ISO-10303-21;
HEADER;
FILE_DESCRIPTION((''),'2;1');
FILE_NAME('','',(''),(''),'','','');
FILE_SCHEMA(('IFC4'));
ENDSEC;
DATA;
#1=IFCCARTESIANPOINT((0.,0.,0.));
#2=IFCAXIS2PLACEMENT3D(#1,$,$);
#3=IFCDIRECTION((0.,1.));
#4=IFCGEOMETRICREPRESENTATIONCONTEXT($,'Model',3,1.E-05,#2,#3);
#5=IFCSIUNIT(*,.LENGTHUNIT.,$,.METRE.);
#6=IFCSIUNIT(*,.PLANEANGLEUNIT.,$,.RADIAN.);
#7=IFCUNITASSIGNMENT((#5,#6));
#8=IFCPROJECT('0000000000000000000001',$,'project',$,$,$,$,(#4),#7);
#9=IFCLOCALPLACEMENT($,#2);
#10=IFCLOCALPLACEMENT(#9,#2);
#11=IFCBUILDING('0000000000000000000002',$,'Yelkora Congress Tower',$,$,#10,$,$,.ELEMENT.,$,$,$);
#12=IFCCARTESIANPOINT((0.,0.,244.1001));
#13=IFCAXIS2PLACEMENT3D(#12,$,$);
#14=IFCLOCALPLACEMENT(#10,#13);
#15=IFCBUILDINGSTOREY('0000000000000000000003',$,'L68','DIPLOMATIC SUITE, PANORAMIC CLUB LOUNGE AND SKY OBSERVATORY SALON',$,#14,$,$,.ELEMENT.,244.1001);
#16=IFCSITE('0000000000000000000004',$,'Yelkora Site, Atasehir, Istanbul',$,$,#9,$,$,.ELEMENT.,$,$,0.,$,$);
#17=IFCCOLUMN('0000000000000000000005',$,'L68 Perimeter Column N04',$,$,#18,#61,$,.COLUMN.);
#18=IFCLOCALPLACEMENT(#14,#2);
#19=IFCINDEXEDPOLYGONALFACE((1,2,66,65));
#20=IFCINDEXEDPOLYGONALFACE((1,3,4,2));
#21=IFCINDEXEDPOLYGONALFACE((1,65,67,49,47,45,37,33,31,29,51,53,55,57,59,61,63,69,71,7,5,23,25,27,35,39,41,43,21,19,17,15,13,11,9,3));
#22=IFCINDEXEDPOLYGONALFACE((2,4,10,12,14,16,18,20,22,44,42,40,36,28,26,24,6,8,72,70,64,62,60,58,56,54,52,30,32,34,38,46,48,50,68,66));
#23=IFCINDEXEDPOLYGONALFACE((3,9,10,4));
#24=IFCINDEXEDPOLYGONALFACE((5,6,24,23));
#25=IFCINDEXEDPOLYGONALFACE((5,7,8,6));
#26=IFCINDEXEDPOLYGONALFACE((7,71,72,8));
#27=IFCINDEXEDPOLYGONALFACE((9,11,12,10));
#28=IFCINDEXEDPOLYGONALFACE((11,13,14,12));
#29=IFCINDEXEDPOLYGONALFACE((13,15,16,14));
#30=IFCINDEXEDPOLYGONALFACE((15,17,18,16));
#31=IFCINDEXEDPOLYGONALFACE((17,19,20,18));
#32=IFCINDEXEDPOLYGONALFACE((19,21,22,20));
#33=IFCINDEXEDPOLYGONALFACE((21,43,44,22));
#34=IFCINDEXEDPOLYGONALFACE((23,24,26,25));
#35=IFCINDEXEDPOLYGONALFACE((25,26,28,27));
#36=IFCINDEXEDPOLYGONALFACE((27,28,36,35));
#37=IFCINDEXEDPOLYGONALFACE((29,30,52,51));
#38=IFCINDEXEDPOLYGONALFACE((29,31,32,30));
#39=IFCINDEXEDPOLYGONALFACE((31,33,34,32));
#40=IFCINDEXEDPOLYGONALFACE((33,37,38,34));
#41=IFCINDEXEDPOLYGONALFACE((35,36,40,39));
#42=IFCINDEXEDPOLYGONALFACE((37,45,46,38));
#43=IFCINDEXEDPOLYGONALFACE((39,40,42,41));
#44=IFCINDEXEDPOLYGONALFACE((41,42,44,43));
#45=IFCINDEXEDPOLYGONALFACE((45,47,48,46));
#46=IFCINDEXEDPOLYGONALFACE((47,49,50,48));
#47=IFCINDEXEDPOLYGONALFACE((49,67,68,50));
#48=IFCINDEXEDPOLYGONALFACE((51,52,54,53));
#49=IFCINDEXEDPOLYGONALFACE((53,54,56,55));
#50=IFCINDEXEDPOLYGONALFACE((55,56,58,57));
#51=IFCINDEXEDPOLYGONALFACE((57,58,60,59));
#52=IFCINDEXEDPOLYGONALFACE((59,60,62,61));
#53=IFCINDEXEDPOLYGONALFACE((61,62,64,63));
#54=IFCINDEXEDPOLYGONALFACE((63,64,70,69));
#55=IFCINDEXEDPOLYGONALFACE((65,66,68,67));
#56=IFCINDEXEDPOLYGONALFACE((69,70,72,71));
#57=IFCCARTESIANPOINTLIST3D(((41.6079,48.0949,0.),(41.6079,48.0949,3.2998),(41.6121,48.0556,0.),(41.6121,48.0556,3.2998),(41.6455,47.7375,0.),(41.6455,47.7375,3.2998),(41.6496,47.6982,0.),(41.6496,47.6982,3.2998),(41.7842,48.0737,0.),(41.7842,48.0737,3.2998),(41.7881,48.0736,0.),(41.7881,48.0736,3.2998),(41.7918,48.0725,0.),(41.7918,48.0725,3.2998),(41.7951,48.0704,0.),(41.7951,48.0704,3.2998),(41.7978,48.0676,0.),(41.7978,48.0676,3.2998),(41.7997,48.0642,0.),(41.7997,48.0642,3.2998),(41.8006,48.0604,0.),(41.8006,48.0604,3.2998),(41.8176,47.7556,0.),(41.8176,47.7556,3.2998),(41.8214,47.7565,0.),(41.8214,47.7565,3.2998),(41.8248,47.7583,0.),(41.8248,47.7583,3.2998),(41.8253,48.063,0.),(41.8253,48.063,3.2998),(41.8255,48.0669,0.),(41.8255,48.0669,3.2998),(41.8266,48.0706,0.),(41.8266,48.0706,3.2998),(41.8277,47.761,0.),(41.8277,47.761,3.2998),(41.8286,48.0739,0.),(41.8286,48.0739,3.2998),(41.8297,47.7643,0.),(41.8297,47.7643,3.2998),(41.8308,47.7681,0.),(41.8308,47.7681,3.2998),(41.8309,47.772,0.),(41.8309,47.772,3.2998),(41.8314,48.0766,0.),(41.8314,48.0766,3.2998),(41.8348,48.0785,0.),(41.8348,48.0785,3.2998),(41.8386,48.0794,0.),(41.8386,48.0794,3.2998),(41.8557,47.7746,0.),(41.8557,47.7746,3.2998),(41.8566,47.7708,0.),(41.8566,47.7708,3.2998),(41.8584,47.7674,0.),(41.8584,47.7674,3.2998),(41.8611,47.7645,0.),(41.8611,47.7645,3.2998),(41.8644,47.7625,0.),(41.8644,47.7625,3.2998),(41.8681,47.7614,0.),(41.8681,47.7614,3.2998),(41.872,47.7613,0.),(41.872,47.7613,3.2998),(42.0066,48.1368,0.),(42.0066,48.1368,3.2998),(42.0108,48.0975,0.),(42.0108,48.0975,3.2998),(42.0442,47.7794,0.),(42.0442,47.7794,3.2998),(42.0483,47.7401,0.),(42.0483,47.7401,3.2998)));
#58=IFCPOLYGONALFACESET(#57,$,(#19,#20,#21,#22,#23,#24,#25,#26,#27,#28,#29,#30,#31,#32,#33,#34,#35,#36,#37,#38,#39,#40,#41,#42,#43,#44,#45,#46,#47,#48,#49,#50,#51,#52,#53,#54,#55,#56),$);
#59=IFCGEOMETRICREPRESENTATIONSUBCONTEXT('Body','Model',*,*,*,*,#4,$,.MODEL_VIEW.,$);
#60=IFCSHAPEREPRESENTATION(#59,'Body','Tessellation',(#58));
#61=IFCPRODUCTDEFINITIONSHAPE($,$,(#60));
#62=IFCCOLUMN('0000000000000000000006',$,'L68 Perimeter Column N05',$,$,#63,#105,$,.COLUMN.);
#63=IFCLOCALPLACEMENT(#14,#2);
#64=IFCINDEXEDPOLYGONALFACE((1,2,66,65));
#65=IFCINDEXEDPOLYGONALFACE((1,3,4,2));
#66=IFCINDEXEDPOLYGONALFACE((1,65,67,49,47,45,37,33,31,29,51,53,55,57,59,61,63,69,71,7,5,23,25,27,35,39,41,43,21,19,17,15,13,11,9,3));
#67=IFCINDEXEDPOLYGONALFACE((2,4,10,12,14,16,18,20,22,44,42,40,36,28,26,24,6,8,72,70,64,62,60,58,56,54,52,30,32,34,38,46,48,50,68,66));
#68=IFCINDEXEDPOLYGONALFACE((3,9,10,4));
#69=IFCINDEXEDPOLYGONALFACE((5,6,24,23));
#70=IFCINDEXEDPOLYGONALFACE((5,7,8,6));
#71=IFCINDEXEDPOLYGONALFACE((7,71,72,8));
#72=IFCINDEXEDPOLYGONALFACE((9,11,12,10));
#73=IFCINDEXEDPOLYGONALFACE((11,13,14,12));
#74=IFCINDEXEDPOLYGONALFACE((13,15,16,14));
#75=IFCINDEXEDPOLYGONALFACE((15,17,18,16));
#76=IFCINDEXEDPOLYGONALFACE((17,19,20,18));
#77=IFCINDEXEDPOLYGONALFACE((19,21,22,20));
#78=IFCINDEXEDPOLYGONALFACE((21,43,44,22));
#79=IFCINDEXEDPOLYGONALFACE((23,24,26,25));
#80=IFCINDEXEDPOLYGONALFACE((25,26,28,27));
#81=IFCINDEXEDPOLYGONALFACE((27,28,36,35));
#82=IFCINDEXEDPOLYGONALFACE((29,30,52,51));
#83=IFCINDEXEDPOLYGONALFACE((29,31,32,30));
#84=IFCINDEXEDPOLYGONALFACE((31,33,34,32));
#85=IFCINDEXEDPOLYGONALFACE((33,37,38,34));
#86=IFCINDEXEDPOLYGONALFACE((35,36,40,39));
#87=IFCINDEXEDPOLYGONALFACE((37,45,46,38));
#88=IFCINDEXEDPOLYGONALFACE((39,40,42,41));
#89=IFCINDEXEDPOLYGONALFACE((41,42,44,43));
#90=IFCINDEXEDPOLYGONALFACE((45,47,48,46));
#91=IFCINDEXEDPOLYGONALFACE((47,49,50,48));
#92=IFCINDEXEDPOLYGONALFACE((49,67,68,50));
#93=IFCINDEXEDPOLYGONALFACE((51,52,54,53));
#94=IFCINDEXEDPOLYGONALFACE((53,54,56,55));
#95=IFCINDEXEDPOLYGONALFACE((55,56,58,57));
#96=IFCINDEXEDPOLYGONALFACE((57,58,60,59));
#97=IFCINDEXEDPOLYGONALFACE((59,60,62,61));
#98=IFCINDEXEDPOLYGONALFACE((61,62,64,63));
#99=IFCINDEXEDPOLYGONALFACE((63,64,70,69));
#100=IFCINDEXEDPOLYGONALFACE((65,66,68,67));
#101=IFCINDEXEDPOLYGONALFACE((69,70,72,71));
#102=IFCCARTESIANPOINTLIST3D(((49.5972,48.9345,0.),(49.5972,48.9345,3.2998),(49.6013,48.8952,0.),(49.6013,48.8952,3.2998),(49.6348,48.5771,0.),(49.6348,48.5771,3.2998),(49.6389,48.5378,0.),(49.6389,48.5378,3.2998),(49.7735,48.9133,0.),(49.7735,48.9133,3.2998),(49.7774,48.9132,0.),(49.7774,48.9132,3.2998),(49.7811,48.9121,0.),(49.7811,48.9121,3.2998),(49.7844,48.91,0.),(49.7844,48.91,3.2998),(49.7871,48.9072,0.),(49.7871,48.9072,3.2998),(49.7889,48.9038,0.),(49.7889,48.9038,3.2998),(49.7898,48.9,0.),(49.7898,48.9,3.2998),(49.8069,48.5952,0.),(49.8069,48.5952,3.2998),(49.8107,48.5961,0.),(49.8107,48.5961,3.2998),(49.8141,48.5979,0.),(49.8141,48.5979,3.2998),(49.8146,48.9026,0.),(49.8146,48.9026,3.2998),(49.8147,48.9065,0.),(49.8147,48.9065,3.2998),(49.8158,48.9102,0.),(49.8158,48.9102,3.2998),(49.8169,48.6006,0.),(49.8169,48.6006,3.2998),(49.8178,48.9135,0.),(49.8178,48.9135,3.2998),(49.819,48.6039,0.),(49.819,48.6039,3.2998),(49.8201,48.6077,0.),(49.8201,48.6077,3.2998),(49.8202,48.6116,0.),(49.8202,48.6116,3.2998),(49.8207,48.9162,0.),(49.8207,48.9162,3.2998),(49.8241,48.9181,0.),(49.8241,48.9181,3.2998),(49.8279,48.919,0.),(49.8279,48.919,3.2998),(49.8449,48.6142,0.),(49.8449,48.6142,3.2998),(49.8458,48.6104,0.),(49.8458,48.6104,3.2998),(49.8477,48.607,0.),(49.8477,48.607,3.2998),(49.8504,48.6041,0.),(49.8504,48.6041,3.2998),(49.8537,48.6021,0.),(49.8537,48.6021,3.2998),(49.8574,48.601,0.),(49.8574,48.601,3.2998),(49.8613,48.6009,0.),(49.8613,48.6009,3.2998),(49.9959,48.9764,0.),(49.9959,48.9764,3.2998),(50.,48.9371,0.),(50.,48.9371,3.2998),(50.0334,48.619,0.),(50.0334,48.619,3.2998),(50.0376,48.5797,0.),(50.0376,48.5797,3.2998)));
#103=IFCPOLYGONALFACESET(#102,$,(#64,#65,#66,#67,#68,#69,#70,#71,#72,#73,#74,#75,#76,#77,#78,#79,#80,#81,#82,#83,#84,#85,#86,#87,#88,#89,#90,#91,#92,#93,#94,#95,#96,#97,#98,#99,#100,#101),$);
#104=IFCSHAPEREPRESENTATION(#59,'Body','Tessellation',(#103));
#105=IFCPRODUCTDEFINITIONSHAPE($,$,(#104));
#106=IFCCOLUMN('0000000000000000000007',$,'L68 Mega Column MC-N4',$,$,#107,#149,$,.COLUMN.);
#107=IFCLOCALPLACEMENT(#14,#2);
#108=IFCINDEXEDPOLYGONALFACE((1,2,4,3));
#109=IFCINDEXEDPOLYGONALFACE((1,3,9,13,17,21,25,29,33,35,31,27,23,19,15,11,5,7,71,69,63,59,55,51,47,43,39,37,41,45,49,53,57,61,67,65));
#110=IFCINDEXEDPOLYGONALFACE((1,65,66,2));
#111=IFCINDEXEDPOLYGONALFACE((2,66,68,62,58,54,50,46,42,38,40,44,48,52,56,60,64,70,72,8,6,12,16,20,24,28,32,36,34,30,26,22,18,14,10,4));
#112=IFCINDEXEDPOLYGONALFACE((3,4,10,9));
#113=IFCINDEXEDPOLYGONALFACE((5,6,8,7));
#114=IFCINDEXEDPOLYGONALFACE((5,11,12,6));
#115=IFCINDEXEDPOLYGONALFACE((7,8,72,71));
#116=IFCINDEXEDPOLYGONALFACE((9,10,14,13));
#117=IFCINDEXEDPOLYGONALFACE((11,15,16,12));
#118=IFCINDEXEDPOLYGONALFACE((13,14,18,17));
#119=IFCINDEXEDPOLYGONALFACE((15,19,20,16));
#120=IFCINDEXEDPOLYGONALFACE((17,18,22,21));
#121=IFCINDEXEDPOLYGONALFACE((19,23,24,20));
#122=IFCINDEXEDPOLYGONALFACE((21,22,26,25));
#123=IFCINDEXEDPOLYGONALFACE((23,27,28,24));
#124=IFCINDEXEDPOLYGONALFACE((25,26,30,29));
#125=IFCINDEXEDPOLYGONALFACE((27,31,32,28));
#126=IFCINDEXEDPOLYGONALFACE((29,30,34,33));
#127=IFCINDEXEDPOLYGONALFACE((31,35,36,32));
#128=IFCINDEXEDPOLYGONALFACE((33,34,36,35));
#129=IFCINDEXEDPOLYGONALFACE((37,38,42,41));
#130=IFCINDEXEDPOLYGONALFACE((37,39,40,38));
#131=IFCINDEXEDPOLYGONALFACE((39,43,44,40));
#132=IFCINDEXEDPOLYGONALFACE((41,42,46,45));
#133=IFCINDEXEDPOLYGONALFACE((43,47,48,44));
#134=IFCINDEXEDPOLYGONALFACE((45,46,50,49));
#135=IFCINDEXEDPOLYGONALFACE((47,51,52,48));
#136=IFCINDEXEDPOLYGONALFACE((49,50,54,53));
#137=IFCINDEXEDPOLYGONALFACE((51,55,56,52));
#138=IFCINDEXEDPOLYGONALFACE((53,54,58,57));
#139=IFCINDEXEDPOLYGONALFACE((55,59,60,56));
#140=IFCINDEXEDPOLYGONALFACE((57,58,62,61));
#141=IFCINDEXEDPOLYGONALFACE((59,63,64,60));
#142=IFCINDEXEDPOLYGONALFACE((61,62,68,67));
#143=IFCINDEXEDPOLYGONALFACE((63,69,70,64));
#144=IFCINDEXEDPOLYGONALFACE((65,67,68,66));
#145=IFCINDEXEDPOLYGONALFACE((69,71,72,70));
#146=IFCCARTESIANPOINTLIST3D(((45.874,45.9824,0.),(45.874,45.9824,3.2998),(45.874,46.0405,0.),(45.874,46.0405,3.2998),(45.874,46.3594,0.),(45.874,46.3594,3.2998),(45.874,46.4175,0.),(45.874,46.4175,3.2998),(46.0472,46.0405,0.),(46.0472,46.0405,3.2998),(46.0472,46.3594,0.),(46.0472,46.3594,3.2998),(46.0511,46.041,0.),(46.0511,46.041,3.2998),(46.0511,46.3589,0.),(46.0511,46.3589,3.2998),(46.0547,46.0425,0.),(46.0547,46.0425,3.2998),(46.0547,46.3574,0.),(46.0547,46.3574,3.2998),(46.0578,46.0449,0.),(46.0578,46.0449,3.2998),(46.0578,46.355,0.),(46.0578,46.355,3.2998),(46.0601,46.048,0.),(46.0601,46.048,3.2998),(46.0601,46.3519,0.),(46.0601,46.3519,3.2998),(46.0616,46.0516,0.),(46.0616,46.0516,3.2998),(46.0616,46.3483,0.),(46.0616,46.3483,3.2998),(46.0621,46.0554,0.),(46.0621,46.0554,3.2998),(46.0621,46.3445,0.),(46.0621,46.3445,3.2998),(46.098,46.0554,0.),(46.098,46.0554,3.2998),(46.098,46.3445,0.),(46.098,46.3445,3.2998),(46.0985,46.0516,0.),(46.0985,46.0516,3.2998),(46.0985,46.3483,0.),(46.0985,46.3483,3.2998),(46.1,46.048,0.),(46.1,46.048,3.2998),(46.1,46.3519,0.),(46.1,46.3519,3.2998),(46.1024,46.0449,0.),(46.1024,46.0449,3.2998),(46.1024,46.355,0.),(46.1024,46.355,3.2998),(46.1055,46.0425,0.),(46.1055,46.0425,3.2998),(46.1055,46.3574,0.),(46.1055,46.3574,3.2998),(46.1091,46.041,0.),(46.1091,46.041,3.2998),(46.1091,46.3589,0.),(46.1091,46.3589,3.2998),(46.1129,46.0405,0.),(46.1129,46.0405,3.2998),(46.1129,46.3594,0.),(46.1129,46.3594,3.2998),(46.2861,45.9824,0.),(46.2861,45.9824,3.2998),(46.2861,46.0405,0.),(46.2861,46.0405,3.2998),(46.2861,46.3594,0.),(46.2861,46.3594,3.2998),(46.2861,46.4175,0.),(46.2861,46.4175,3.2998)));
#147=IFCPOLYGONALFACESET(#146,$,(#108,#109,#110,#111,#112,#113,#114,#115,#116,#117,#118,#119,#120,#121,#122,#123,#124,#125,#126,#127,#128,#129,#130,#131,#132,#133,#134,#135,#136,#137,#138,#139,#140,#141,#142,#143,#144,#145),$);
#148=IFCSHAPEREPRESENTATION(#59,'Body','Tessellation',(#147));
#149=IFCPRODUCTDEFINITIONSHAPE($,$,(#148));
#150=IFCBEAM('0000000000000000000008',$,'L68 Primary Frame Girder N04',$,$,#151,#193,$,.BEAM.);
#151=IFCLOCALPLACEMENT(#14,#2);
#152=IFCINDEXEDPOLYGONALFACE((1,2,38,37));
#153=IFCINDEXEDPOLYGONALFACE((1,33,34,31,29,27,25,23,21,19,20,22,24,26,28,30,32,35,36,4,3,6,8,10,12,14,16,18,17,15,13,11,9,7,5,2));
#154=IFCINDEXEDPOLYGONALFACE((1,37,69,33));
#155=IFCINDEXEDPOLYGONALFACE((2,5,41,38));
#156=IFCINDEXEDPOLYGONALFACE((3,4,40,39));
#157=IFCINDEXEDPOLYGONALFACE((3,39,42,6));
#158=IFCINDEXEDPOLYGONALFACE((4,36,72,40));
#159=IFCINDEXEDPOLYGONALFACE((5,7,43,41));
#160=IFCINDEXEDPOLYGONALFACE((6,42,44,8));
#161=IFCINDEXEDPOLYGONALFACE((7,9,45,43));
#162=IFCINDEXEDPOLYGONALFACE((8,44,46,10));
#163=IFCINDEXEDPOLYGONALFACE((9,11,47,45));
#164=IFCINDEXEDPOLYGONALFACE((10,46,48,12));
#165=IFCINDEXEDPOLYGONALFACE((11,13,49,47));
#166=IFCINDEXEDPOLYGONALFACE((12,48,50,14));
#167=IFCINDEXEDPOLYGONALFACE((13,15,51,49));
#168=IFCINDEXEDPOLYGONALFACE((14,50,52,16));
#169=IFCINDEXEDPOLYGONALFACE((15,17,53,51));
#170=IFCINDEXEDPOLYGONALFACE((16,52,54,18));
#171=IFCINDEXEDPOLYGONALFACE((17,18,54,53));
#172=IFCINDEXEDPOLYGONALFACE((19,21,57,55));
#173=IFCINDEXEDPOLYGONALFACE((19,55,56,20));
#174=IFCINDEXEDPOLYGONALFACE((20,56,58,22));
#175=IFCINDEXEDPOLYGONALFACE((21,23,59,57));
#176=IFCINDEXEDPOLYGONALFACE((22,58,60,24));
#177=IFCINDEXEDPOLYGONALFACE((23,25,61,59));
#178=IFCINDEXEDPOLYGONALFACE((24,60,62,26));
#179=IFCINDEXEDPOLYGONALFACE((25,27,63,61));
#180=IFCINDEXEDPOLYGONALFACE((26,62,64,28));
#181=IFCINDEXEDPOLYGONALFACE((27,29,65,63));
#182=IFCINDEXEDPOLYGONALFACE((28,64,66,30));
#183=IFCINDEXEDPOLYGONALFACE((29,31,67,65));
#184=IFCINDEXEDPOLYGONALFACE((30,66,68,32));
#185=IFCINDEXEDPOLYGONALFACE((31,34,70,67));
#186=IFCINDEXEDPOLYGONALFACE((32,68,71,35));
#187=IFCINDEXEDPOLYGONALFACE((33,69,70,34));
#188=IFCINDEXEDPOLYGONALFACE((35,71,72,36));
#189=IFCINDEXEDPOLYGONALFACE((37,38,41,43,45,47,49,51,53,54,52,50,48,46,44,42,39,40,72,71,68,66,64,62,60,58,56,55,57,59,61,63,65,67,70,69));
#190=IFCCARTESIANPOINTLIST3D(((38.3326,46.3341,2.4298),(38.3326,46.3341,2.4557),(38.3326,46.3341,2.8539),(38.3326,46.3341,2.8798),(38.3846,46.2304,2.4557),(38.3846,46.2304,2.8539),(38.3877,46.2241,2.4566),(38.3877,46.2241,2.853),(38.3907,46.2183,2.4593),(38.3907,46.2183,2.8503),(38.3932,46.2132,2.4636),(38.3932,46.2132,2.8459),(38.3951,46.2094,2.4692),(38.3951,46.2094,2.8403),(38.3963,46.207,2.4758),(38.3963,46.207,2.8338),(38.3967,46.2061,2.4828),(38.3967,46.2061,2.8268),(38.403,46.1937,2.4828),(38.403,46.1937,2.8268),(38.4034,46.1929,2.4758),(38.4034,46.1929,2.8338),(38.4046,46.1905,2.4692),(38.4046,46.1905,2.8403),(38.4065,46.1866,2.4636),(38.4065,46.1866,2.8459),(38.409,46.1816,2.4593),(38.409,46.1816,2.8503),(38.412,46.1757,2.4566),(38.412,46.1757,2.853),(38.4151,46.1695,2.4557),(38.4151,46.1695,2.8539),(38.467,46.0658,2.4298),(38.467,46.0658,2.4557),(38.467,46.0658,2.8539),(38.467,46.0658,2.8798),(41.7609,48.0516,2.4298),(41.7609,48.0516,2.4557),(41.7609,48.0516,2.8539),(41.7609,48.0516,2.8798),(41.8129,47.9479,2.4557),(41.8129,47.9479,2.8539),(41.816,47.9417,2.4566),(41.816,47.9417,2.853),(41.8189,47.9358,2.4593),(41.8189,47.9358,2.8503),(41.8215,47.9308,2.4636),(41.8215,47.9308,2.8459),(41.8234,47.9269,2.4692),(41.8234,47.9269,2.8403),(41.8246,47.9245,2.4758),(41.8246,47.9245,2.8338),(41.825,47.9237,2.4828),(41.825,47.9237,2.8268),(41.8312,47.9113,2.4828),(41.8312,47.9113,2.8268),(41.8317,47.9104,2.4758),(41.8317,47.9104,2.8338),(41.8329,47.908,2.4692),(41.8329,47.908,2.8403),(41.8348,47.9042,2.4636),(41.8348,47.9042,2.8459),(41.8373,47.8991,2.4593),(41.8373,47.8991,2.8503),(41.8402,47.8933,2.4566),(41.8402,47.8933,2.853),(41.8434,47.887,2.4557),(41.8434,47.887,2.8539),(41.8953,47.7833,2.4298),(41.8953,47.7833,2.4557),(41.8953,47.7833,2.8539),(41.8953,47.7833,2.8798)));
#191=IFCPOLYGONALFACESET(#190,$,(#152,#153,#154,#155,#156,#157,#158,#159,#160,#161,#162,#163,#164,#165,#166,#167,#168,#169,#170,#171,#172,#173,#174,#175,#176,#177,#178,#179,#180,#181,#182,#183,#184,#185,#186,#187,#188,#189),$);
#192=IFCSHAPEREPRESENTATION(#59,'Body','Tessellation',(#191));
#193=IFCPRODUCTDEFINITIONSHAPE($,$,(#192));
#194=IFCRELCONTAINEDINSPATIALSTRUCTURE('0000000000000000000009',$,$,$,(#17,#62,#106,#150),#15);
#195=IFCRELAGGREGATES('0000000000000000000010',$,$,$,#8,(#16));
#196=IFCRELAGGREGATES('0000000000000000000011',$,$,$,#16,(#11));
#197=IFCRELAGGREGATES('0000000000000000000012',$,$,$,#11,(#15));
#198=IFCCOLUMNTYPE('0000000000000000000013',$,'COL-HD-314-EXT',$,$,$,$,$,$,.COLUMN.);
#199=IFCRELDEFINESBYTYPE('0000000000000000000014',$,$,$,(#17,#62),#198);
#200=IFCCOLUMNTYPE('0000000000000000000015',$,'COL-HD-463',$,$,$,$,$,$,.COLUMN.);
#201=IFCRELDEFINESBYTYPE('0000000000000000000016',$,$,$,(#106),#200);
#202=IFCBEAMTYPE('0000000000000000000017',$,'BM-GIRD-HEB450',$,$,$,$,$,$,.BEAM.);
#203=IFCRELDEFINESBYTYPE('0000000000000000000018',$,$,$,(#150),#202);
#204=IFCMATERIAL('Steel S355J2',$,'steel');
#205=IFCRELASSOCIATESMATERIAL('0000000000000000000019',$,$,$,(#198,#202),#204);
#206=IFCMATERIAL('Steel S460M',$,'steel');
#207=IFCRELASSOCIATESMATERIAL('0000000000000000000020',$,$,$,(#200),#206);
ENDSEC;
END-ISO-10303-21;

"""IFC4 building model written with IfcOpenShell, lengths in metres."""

from ifc_helpers import new_model, si_unit, direction, frame, origin, origin_2d, place, context, subcontext, project, spatial, i_section, extrude, material, material_profile, profile_set, type_object, element, save


model = new_model("IFC4")

# Units and contexts
model_context = context("Model", 3, precision=1e-05, world=origin(), true_north=direction((0.0, 1.0)))
body_context = subcontext(model_context, "Body", "Model", "MODEL_VIEW")
ifc_project = project(units=[si_unit("LENGTHUNIT", "METRE"), si_unit("PLANEANGLEUNIT", "RADIAN")], contexts=[model_context])

# Site, building, storey
site_placement = place(None, origin())
site = spatial("IfcSite", under=ifc_project, at=site_placement, Name="Yelkora Site, Atasehir, Istanbul", CompositionType="ELEMENT", RefElevation=0.0)
building_placement = place(site_placement, origin())
building = spatial("IfcBuilding", under=site, at=building_placement, Name="Yelkora Congress Tower", CompositionType="ELEMENT")
storey_placement = place(building_placement, frame((0.0, 0.0, 244.1001)))
storey = spatial("IfcBuildingStorey", under=building, at=storey_placement, Name="L68", Description="DIPLOMATIC SUITE, PANORAMIC CLUB LOUNGE AND SKY OBSERVATORY SALON", CompositionType="ELEMENT", Elevation=244.1001)

# Columns
ifc_material_1 = material(Name="Steel S355J2", Category="steel")
ifc_material_profile_1 = material_profile(ifc_material_1, i_section(OverallWidth=0.4009, OverallDepth=0.3989, WebThickness=0.0249, FlangeThickness=0.0396, FilletRadius=0.0149, at=origin_2d()), Name="HD 400x314")
ifc_profile_set_1 = profile_set([ifc_material_profile_1], Name="Steel S355J2")
column_type_1 = type_object("IfcColumnType", Name="COL-HD-314-EXT", PredefinedType="COLUMN", material=ifc_profile_set_1)
for number, where, z_axis, x_axis, name in (
    (1, (41.8281, 47.9175, 0.0), (0.0, 0.0, 1.0), (0.994522, 0.104528, 0.0), "L68 Perimeter Column N04"),
    (2, (49.8174, 48.7571, 0.0), (0.0, 0.0, 1.0), (0.994522, 0.104528, 0.0), "L68 Perimeter Column N05"),
):
    element("IfcColumn", number, at=place(storey_placement, frame(where, z_axis=z_axis, x_axis=x_axis)), inside=storey, type_object=column_type_1, Name=name, PredefinedType="COLUMN", context=body_context, shape_type="SweptSolid", body=[
        extrude(i_section(OverallWidth=0.4009, OverallDepth=0.3989, WebThickness=0.0249, FlangeThickness=0.0396, FilletRadius=0.0149, at=origin_2d()), origin(), (0.0, 0.0, 1.0), 3.2998),
    ])
ifc_material_2 = material(Name="Steel S460M", Category="steel")
ifc_material_profile_2 = material_profile(ifc_material_2, i_section(OverallWidth=0.4121, OverallDepth=0.4351, WebThickness=0.0359, FlangeThickness=0.0581, FilletRadius=0.0149, at=origin_2d()), Name="HD 400x463")
ifc_profile_set_2 = profile_set([ifc_material_profile_2], Name="Steel S460M")
column_type_2 = type_object("IfcColumnType", Name="COL-HD-463", PredefinedType="COLUMN", material=ifc_profile_set_2)
column_placement = place(storey_placement, frame((46.0801, 46.2, 0.0), z_axis=(0.0, 0.0, 1.0), x_axis=(1.0, 0.0, 0.0)))
element("IfcColumn", 3, at=column_placement, inside=storey, type_object=column_type_2, Name="L68 Mega Column MC-N4", PredefinedType="COLUMN", context=body_context, shape_type="SweptSolid", body=[
    extrude(i_section(OverallWidth=0.4121, OverallDepth=0.4351, WebThickness=0.0359, FlangeThickness=0.0581, FilletRadius=0.0149, at=origin_2d()), origin(), (0.0, 0.0, 1.0), 3.2998),
])

# Beam
ifc_material_profile_3 = material_profile(ifc_material_1, i_section(OverallWidth=0.3, OverallDepth=0.45, WebThickness=0.0139, FlangeThickness=0.0259, FilletRadius=0.0271, at=origin_2d()), Name="HEB 450")
ifc_profile_set_3 = profile_set([ifc_material_profile_3], Name="Steel S355J2")
beam_type_1 = type_object("IfcBeamType", Name="BM-GIRD-HEB450", PredefinedType="BEAM", material=ifc_profile_set_3)
beam_1_placement = place(storey_placement, frame((41.8281, 47.9175, 2.6548), z_axis=(-0.89407, -0.447927, 0.0), x_axis=(0.447927, -0.89407, 0.0)))
element("IfcBeam", 4, at=beam_1_placement, inside=storey, type_object=beam_type_1, Name="L68 Primary Frame Girder N04", PredefinedType="BEAM", context=body_context, shape_type="SweptSolid", body=[
    extrude(i_section(OverallWidth=0.3, OverallDepth=0.45, WebThickness=0.0139, FlangeThickness=0.0259, FilletRadius=0.0271, at=origin_2d()), origin(), (0.0, 0.0, 1.0), 3.8345),
])

save(model, "model.ifc")
